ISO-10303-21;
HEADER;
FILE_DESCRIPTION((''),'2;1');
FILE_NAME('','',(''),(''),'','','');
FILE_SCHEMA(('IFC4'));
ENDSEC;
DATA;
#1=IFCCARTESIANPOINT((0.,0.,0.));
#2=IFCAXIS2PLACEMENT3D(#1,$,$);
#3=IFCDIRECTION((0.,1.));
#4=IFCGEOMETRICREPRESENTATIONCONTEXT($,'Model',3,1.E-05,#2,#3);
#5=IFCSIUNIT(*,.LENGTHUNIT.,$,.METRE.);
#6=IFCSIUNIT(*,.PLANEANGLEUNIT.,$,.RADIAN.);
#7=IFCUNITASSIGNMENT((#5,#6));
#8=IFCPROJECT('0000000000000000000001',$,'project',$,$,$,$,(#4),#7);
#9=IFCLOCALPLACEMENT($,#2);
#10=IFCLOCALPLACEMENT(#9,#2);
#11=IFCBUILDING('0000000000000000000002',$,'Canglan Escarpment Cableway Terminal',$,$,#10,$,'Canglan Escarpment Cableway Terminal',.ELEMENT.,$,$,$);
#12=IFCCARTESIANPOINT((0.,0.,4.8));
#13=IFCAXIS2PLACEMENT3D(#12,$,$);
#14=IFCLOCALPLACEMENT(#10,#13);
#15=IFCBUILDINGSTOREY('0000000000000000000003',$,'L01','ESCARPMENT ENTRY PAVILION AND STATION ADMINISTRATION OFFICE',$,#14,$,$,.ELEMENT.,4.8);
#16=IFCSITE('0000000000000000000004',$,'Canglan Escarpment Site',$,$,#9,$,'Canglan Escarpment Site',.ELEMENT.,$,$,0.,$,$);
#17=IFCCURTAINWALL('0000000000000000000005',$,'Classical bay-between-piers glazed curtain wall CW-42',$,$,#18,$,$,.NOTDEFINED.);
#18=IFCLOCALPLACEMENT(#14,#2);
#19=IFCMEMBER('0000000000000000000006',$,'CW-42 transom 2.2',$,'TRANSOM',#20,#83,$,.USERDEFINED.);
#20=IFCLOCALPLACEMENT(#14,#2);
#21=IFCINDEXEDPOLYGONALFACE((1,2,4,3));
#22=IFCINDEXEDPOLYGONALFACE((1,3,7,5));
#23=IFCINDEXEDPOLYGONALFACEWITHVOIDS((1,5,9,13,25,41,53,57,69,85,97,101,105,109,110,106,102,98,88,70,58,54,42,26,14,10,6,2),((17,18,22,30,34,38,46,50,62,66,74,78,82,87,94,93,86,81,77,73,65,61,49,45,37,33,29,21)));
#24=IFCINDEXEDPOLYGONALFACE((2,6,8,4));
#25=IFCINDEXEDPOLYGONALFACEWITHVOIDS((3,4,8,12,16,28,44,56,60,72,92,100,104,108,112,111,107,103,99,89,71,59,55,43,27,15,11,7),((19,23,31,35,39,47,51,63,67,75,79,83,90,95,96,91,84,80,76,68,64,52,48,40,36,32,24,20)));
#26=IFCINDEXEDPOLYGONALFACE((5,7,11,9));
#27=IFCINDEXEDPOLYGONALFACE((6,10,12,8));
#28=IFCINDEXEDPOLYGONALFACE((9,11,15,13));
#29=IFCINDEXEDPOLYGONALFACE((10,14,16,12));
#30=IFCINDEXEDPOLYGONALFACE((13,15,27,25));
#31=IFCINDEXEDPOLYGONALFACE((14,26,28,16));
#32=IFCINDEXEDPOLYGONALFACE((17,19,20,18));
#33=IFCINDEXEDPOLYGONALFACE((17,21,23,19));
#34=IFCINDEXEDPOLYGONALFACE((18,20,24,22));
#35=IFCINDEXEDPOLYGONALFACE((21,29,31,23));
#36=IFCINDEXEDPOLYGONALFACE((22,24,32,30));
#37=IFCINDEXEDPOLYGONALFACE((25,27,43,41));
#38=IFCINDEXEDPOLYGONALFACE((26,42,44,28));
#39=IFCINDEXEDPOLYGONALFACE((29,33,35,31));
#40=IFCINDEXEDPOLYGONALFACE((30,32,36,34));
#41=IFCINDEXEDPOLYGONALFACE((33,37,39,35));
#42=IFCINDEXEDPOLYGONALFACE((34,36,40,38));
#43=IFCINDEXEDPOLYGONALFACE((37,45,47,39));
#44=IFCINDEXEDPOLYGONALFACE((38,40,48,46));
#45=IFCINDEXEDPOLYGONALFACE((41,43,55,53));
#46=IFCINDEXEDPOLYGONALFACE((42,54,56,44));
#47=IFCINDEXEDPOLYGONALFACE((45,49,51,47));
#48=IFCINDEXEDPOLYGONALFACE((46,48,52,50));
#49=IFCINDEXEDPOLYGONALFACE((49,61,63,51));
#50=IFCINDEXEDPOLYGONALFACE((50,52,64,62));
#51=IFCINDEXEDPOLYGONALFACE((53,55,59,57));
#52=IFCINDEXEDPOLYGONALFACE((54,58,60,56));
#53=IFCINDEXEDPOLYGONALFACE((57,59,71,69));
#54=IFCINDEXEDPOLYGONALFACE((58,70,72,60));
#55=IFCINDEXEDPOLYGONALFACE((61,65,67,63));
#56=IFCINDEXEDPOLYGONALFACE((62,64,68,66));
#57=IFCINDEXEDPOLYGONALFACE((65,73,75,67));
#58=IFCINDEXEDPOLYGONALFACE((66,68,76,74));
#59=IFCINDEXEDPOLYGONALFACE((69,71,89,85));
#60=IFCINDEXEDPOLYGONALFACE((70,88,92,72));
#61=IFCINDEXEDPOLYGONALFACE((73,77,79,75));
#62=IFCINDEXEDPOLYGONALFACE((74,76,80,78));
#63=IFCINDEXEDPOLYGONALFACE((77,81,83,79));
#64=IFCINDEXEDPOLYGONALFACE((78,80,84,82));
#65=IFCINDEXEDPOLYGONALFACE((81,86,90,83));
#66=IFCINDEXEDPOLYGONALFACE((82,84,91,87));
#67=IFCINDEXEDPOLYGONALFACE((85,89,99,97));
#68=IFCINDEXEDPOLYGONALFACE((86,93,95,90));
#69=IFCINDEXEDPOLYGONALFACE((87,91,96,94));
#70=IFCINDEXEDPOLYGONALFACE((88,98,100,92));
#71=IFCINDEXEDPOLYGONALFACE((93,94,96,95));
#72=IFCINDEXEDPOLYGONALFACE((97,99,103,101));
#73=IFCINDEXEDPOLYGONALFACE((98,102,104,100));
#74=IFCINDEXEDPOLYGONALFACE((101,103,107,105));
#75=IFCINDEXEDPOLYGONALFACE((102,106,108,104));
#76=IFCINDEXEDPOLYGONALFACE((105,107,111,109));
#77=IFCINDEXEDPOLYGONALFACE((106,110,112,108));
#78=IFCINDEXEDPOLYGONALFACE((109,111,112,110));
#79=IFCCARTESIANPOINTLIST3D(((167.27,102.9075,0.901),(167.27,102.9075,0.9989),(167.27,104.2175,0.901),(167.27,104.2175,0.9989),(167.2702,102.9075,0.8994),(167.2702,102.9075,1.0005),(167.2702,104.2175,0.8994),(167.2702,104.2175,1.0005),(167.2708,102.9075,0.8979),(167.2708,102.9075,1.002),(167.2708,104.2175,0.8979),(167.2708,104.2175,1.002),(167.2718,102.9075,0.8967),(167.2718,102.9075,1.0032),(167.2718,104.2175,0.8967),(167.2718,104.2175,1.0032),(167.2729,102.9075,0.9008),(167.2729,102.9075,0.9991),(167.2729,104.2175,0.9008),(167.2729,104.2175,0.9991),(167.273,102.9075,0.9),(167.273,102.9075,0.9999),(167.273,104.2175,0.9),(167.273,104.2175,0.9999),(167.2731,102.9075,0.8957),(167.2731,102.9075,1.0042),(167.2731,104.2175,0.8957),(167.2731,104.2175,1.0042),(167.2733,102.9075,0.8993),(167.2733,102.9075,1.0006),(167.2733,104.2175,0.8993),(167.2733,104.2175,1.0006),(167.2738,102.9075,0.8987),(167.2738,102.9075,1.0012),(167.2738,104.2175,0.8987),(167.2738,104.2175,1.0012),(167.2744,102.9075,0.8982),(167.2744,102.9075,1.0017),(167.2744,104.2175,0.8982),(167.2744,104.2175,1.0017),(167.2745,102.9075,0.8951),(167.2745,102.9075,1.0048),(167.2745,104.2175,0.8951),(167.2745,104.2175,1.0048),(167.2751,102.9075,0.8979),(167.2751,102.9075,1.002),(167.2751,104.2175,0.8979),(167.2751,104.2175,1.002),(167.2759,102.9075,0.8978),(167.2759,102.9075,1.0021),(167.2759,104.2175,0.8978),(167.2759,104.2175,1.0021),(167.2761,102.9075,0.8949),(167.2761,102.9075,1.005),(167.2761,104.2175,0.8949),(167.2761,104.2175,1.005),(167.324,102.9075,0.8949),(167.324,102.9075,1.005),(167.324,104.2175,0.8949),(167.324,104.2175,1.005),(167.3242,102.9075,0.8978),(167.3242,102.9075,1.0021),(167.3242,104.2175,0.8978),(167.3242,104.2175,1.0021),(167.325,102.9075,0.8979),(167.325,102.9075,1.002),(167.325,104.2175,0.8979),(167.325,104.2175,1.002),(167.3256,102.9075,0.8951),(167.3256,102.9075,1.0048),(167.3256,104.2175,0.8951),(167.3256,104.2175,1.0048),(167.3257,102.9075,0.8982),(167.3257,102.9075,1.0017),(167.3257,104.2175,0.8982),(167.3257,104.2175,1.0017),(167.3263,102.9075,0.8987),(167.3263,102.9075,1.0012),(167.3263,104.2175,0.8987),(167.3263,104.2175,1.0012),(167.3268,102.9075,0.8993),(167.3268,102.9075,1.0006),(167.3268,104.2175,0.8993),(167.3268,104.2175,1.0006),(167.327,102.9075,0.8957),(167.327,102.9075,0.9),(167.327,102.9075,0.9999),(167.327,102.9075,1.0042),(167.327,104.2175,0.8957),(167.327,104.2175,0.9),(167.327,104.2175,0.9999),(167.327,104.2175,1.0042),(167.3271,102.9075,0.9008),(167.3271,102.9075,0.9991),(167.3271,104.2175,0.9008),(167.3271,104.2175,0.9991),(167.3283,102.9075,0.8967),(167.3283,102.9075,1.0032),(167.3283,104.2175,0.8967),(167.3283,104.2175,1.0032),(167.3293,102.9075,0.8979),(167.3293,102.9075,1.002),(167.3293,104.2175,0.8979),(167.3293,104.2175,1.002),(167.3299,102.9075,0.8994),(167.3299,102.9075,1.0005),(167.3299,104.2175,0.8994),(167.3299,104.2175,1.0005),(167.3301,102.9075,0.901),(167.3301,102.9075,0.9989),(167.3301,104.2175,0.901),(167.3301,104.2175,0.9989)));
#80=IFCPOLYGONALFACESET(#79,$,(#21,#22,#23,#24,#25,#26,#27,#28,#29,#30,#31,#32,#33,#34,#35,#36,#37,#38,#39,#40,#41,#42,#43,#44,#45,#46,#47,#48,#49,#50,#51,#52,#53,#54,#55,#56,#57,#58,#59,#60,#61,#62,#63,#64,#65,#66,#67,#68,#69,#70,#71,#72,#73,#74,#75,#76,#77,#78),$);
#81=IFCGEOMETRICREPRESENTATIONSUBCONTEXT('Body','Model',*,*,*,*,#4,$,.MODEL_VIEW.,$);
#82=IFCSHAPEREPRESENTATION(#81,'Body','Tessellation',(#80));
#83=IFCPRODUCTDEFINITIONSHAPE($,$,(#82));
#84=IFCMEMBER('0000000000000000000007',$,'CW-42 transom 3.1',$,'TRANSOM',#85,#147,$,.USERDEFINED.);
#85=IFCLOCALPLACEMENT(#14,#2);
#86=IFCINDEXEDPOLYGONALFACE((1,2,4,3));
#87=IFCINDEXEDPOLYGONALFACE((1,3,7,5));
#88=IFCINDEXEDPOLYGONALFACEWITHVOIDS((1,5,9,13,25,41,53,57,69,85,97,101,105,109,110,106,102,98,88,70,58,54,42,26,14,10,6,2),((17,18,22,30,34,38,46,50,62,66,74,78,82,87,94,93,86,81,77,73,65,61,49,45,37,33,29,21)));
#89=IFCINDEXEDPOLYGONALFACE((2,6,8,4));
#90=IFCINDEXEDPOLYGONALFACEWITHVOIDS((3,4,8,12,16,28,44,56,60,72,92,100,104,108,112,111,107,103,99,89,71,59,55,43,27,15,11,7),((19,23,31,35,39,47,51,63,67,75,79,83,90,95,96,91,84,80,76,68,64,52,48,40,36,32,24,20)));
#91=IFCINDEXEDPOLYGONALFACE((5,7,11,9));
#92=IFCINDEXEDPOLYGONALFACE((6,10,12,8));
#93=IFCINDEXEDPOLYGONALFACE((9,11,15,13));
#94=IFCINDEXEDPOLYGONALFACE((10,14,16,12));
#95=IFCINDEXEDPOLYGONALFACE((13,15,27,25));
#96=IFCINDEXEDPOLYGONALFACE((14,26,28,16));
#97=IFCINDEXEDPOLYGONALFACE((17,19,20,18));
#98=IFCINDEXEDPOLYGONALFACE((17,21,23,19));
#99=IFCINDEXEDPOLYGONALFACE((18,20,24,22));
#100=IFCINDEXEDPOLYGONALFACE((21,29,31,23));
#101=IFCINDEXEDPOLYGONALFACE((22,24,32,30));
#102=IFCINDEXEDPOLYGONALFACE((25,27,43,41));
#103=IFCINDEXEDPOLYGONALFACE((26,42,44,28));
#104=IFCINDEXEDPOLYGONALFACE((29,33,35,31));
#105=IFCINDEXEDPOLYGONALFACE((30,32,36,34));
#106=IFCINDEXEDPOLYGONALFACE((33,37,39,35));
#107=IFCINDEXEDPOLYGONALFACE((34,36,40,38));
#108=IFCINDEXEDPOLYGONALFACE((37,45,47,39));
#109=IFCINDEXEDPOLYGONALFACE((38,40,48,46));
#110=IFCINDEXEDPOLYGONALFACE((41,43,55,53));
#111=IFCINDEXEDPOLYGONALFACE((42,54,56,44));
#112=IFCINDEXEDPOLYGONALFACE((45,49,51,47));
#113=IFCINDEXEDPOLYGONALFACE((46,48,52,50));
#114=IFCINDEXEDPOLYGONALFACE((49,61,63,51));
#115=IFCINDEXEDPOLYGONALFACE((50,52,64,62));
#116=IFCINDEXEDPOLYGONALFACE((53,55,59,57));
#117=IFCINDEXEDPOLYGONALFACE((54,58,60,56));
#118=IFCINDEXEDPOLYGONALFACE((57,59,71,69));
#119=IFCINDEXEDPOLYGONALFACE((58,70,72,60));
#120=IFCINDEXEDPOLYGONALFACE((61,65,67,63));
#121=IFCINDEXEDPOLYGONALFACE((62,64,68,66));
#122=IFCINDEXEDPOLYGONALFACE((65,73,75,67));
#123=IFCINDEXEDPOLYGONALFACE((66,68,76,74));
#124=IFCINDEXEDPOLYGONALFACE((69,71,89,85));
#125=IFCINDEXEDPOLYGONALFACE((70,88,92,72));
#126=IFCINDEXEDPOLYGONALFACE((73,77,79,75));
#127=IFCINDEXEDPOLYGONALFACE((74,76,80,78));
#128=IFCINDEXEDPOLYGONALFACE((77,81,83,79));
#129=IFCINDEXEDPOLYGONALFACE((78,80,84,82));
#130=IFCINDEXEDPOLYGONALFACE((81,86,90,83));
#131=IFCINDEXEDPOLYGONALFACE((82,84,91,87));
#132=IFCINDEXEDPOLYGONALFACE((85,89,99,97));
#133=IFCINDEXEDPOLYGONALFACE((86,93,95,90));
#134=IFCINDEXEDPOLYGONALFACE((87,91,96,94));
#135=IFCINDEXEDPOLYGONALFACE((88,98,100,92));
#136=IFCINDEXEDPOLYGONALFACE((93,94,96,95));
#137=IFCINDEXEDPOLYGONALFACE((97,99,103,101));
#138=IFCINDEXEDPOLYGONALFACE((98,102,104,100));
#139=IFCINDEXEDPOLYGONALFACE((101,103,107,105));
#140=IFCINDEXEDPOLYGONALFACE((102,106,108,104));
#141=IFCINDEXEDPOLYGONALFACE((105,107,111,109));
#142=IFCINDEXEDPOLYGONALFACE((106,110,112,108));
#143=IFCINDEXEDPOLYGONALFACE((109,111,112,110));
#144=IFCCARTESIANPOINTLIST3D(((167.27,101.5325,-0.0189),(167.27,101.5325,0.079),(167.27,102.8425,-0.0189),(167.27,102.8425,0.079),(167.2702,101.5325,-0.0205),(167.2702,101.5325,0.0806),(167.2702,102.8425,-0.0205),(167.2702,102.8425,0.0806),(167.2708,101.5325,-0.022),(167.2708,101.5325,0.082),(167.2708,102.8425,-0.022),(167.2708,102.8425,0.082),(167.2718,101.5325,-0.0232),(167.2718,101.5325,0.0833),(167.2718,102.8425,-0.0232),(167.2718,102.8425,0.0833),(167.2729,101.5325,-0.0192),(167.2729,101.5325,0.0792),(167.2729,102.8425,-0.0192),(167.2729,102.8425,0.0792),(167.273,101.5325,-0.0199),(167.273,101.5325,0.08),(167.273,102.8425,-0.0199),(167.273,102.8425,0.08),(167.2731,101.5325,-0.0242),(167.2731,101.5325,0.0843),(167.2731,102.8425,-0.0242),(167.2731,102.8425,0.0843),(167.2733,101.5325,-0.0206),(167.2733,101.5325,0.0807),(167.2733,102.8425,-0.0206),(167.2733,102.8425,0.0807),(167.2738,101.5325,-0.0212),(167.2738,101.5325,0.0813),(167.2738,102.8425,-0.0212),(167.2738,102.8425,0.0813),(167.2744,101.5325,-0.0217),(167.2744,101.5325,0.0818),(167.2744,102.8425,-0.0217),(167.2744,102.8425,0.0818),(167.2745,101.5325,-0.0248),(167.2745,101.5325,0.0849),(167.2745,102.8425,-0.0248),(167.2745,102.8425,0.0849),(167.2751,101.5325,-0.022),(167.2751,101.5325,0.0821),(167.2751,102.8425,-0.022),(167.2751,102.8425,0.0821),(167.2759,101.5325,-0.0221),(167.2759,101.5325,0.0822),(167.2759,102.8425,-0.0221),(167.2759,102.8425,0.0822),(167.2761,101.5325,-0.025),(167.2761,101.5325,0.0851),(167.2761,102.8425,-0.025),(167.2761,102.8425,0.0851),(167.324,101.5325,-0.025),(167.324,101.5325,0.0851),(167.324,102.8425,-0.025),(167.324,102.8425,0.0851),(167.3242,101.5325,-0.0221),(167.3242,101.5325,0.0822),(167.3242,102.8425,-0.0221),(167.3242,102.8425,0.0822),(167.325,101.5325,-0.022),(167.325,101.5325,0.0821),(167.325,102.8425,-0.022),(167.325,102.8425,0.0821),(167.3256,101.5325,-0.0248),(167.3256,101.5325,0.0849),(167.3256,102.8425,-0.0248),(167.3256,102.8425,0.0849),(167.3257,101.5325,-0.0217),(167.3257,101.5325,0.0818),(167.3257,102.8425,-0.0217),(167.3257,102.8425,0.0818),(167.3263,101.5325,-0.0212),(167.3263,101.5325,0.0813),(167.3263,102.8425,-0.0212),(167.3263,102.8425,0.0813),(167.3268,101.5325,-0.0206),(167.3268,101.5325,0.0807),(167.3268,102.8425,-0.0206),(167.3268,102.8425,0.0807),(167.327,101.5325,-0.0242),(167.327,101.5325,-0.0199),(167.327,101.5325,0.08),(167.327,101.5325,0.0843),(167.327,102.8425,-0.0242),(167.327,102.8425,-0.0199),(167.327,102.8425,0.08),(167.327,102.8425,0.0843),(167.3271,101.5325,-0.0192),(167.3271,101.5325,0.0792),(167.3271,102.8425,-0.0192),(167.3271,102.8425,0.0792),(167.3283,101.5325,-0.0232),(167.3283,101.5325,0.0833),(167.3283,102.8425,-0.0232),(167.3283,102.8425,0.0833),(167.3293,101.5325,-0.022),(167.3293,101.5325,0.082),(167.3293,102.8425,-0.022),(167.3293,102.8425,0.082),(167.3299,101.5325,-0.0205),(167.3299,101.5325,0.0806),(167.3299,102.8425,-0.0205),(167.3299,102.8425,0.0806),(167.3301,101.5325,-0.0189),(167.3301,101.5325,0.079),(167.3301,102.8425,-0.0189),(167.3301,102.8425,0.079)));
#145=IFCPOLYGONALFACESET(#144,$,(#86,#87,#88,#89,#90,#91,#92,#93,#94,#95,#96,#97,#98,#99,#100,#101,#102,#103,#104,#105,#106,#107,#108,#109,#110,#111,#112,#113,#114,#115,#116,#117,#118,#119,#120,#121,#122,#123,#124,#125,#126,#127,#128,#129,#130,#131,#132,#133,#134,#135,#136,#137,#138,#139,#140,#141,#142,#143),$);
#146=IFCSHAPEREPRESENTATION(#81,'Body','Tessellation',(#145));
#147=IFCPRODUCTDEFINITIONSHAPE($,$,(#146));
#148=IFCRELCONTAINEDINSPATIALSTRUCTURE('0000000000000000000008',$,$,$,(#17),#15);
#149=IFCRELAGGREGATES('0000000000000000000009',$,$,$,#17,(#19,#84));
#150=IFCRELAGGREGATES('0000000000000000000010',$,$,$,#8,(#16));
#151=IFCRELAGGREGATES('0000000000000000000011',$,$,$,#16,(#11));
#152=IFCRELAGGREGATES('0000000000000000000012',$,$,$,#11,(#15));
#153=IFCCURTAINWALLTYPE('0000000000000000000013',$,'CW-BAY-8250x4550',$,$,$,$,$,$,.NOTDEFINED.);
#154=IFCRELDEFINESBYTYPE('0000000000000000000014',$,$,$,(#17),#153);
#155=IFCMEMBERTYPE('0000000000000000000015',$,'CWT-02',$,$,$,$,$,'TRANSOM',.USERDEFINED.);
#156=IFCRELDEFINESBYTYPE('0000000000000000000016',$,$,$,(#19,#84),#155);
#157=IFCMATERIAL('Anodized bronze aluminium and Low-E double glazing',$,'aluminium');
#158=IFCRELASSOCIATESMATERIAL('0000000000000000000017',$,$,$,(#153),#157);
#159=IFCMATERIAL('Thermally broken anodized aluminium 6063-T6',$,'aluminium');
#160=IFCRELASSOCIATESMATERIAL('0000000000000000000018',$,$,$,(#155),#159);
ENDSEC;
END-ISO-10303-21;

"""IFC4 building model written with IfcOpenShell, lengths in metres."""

from ifc_helpers import new_model, si_unit, direction, frame, origin, origin_2d, place, context, subcontext, project, spatial, hollow_rectangle, extrude, material, material_profile, profile_set, type_object, element, aggregate, save


model = new_model("IFC4")

# Units and contexts
model_context = context("Model", 3, precision=1e-05, world=origin(), true_north=direction((0.0, 1.0)))
body_context = subcontext(model_context, "Body", "Model", "MODEL_VIEW")
ifc_project = project(units=[si_unit("LENGTHUNIT", "METRE"), si_unit("PLANEANGLEUNIT", "RADIAN")], contexts=[model_context])

# Site, building, storey
site_placement = place(None, origin())
site = spatial("IfcSite", under=ifc_project, at=site_placement, Name="Canglan Escarpment Site", LongName="Canglan Escarpment Site", CompositionType="ELEMENT", RefElevation=0.0)
building_placement = place(site_placement, origin())
building = spatial("IfcBuilding", under=site, at=building_placement, Name="Canglan Escarpment Cableway Terminal", LongName="Canglan Escarpment Cableway Terminal", CompositionType="ELEMENT")
storey_placement = place(building_placement, frame((0.0, 0.0, 4.8)))
storey = spatial("IfcBuildingStorey", under=building, at=storey_placement, Name="L01", Description="ESCARPMENT ENTRY PAVILION AND STATION ADMINISTRATION OFFICE", CompositionType="ELEMENT", Elevation=4.8)

# Curtain wall, members
ifc_material_1 = material(Name="Anodized bronze aluminium and Low-E double glazing", Category="aluminium")
curtain_wall_type = type_object("IfcCurtainWallType", Name="CW-BAY-8250x4550", PredefinedType="NOTDEFINED", material=ifc_material_1)
curtain_wall_placement = place(storey_placement, origin())
curtain_wall = element("IfcCurtainWall", 1, at=curtain_wall_placement, inside=storey, type_object=curtain_wall_type, Name="Classical bay-between-piers glazed curtain wall CW-42", PredefinedType="NOTDEFINED")
ifc_material_2 = material(Name="Thermally broken anodized aluminium 6063-T6", Category="aluminium")
ifc_material_profile_1 = material_profile(ifc_material_2, hollow_rectangle(XDim=0.0601, YDim=0.1101, WallThickness=0.0029, InnerFilletRadius=0.0029, OuterFilletRadius=0.0061, at=origin_2d()), Name="ALU-TRAN 60x110x3")
ifc_profile_set_1 = profile_set([ifc_material_profile_1], Name="Thermally broken anodized aluminium 6063-T6")
member_type_1 = type_object("IfcMemberType", Name="CWT-02", ElementType="TRANSOM", PredefinedType="USERDEFINED", material=ifc_profile_set_1)
member_1_placement = place(storey_placement, frame((167.3, 104.2175, 0.95), z_axis=(0.0, -1.0, 0.0), x_axis=(1.0, 0.0, 0.0)))
member_1 = element("IfcMember", 2, at=member_1_placement, type_object=member_type_1, Name="CW-42 transom 2.2", ObjectType="TRANSOM", PredefinedType="USERDEFINED", context=body_context, shape_type="SweptSolid", body=[
    extrude(hollow_rectangle(XDim=0.0601, YDim=0.1101, WallThickness=0.0029, InnerFilletRadius=0.0029, OuterFilletRadius=0.0061, at=origin_2d()), origin(), (0.0, 0.0, 1.0), 1.3101),
])
member_2_placement = place(storey_placement, frame((167.3, 102.8425, 0.03), z_axis=(0.0, -1.0, 0.0), x_axis=(1.0, 0.0, 0.0)))
member_2 = element("IfcMember", 3, at=member_2_placement, type_object=member_type_1, Name="CW-42 transom 3.1", ObjectType="TRANSOM", PredefinedType="USERDEFINED", context=body_context, shape_type="SweptSolid", body=[
    extrude(hollow_rectangle(XDim=0.0601, YDim=0.1101, WallThickness=0.0029, InnerFilletRadius=0.0029, OuterFilletRadius=0.0061, at=origin_2d()), origin(), (0.0, 0.0, 1.0), 1.3101),
])
aggregate(curtain_wall, [member_1, member_2])

save(model, "model.ifc")
